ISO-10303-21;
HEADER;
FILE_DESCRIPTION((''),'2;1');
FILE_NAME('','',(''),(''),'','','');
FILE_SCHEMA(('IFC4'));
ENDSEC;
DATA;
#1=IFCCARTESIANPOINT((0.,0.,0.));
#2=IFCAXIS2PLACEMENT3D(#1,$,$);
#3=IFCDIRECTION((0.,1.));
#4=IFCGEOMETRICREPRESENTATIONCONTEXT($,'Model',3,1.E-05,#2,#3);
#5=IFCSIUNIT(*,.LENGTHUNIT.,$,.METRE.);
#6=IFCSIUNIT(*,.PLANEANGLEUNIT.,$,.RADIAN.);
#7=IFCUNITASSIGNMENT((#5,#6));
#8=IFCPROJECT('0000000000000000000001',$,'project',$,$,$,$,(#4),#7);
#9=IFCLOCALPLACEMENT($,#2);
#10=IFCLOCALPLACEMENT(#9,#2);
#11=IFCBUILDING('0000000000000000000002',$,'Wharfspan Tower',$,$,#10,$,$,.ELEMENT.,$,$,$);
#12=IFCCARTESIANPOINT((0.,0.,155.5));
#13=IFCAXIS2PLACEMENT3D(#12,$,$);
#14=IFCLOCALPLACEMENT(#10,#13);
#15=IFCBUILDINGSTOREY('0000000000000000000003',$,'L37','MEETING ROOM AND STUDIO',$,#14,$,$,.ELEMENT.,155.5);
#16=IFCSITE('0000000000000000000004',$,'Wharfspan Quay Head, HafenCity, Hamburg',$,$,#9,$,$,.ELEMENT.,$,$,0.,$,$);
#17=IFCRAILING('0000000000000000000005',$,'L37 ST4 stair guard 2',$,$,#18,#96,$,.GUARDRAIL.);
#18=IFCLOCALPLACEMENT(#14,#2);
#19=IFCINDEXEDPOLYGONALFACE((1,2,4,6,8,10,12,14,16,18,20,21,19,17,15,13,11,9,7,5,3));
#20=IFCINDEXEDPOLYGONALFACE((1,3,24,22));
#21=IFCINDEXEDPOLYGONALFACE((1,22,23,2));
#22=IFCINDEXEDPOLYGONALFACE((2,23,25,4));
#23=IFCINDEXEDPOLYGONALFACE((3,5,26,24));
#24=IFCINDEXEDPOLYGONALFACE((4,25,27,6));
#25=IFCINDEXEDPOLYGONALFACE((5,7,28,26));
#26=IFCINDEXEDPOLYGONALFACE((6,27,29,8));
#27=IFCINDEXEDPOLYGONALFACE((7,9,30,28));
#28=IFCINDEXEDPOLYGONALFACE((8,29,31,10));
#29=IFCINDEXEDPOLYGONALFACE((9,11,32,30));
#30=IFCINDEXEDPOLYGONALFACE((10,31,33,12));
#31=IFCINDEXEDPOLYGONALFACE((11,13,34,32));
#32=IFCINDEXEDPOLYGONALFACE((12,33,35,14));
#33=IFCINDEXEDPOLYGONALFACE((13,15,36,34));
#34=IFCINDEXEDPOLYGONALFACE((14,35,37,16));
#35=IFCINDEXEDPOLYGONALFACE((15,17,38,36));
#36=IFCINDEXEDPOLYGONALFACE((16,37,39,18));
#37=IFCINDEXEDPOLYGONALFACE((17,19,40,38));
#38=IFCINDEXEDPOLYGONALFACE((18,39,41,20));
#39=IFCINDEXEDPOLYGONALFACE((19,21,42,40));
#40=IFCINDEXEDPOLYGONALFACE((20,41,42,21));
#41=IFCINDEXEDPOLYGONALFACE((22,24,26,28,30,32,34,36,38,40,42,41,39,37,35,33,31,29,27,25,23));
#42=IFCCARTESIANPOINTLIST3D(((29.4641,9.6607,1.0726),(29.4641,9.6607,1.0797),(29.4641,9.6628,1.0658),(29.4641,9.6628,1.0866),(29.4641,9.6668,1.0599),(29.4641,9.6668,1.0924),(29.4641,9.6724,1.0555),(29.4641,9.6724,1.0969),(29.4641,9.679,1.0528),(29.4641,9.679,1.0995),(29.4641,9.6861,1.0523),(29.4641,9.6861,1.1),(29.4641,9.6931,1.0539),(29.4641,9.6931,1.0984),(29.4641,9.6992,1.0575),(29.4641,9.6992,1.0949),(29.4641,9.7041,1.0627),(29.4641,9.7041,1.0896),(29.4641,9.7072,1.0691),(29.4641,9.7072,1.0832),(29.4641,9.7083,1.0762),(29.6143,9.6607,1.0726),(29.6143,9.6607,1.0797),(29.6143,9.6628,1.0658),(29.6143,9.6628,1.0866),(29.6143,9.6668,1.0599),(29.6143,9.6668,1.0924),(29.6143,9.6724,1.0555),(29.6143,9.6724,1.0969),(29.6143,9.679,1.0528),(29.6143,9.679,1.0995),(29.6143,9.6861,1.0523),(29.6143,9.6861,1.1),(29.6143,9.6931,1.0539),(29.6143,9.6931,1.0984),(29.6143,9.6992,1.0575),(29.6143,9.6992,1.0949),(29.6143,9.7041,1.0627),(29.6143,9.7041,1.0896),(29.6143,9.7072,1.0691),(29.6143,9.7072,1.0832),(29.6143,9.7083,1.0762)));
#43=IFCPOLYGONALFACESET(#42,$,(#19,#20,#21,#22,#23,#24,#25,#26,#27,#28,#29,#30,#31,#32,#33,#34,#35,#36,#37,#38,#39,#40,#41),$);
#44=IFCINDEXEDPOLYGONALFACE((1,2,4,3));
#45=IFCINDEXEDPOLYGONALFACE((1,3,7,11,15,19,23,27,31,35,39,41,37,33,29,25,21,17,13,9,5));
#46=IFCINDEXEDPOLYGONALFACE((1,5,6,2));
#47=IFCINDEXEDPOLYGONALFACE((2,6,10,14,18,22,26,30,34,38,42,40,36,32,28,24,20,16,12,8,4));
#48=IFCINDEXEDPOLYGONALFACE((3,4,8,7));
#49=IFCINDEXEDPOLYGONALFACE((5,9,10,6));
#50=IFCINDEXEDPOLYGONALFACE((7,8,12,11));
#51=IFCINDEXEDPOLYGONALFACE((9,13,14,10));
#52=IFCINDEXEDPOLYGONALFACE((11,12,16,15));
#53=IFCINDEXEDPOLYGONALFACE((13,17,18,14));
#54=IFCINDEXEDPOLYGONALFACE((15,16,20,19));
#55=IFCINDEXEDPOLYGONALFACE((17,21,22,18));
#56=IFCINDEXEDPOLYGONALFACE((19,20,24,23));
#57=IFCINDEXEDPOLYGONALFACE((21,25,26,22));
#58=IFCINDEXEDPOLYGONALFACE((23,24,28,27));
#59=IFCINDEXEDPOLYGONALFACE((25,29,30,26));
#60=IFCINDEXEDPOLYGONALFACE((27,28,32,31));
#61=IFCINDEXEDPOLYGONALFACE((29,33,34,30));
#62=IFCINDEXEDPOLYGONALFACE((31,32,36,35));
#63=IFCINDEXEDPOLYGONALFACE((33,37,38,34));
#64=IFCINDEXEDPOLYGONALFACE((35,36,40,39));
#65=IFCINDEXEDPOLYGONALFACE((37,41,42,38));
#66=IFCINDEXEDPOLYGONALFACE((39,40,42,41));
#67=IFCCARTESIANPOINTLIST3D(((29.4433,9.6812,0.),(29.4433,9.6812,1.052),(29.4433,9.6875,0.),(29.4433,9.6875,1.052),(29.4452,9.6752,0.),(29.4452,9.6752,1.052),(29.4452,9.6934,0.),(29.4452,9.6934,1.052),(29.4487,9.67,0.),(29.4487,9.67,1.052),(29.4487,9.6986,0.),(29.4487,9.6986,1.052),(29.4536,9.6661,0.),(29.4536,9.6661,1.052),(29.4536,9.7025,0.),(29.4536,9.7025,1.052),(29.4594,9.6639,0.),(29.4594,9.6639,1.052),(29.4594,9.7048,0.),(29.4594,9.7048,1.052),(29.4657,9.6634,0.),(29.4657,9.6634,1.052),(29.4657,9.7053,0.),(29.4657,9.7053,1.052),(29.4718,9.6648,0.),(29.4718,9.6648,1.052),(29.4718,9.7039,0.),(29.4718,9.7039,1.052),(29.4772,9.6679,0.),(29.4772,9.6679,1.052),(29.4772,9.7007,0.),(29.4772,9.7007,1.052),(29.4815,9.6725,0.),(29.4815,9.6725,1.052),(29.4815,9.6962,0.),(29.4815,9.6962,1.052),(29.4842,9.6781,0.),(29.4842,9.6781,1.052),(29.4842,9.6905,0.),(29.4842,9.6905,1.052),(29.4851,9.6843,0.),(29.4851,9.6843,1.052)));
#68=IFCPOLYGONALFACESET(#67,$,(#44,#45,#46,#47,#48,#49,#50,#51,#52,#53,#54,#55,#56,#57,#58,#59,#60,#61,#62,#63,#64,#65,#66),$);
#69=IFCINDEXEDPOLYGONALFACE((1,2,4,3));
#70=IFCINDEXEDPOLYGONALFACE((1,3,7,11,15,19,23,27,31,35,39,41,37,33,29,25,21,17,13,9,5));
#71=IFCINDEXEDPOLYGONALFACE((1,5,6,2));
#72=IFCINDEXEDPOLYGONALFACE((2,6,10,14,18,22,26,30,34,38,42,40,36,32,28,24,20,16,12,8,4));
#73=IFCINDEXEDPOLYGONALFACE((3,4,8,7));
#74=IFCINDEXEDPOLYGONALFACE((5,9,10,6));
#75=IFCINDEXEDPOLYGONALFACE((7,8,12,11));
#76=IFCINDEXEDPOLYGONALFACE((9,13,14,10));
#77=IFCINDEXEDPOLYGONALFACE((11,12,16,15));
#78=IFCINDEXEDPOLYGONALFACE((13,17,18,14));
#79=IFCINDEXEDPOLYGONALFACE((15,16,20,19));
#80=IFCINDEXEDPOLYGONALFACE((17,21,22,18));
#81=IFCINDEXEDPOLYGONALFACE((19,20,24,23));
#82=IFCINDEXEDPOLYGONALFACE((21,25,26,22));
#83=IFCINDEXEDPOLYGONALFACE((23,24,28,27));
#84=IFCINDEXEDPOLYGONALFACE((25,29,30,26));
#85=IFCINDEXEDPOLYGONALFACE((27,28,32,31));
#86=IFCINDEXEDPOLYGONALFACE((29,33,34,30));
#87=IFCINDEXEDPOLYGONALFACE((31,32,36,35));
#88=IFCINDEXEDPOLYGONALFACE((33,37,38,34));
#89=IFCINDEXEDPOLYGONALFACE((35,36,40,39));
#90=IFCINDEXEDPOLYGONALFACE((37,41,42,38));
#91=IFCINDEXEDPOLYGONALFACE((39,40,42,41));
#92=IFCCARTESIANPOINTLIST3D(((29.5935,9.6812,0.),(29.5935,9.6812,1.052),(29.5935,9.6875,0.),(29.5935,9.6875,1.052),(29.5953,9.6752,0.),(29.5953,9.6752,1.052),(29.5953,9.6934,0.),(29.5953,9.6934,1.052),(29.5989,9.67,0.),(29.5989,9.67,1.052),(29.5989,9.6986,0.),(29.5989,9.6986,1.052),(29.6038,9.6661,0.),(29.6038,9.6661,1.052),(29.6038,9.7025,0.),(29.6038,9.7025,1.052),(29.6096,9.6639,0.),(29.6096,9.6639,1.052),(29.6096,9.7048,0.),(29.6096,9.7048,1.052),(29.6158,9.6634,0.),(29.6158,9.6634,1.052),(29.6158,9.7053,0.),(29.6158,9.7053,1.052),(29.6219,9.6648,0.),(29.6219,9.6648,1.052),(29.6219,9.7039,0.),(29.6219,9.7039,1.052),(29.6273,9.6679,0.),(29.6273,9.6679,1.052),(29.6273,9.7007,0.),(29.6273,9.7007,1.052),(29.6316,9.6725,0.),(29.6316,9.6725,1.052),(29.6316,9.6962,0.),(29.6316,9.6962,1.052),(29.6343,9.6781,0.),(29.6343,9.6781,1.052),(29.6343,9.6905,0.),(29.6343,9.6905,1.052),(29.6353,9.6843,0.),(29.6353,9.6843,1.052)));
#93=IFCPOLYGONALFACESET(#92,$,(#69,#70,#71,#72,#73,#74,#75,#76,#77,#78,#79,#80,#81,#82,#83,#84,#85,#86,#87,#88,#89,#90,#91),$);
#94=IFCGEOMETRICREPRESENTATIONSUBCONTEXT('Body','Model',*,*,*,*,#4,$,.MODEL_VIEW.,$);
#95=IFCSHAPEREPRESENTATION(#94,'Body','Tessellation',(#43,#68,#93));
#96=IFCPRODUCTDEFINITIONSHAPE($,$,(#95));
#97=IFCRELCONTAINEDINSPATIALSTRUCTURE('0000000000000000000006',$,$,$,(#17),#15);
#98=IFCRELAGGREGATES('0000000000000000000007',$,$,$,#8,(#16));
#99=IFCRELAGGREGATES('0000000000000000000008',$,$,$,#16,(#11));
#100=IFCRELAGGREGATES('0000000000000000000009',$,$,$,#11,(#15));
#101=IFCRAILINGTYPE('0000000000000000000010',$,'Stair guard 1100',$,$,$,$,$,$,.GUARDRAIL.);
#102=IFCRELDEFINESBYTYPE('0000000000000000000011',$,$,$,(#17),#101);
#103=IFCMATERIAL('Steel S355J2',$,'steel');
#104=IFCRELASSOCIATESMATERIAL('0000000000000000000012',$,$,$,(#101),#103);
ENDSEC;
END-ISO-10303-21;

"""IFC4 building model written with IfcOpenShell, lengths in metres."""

from ifc_helpers import new_model, si_unit, direction, frame, origin, origin_2d, place, context, subcontext, project, spatial, circle, extrude, material, type_object, element, save


model = new_model("IFC4")

# Units and contexts
model_context = context("Model", 3, precision=1e-05, world=origin(), true_north=direction((0.0, 1.0)))
body_context = subcontext(model_context, "Body", "Model", "MODEL_VIEW")
ifc_project = project(units=[si_unit("LENGTHUNIT", "METRE"), si_unit("PLANEANGLEUNIT", "RADIAN")], contexts=[model_context])

# Site, building, storey
site_placement = place(None, origin())
site = spatial("IfcSite", under=ifc_project, at=site_placement, Name="Wharfspan Quay Head, HafenCity, Hamburg", CompositionType="ELEMENT", RefElevation=0.0)
building_placement = place(site_placement, origin())
building = spatial("IfcBuilding", under=site, at=building_placement, Name="Wharfspan Tower", CompositionType="ELEMENT")
storey_placement = place(building_placement, frame((0.0, 0.0, 155.5)))
storey = spatial("IfcBuildingStorey", under=building, at=storey_placement, Name="L37", Description="MEETING ROOM AND STUDIO", CompositionType="ELEMENT", Elevation=155.5)

# Shared definitions
ifc_material_1 = material(Name="Steel S355J2", Category="steel")

# Railing
railing_type_1 = type_object("IfcRailingType", Name="Stair guard 1100", PredefinedType="GUARDRAIL", material=ifc_material_1)
railing_1_placement = place(storey_placement, frame((29.4641, 9.6843, 0.0)))
element("IfcRailing", 1, at=railing_1_placement, inside=storey, type_object=railing_type_1, Name="L37 ST4 stair guard 2", PredefinedType="GUARDRAIL", context=body_context, shape_type="SweptSolid", body=[
    extrude(circle(Radius=0.0239, at=origin_2d()), frame((0.0, 0.0, 1.0762), z_axis=(1.0, 0.0, 0.0), x_axis=(0.0, 1.0, 0.0)), (0.0, 0.0, 1.0), 0.1501),
    extrude(circle(Radius=0.021, at=origin_2d()), origin(), (0.0, 0.0, 1.0), 1.052),
    extrude(circle(Radius=0.021, at=origin_2d()), frame((0.1501, 0.0, 0.0)), (0.0, 0.0, 1.0), 1.052),
])

save(model, "model.ifc")
